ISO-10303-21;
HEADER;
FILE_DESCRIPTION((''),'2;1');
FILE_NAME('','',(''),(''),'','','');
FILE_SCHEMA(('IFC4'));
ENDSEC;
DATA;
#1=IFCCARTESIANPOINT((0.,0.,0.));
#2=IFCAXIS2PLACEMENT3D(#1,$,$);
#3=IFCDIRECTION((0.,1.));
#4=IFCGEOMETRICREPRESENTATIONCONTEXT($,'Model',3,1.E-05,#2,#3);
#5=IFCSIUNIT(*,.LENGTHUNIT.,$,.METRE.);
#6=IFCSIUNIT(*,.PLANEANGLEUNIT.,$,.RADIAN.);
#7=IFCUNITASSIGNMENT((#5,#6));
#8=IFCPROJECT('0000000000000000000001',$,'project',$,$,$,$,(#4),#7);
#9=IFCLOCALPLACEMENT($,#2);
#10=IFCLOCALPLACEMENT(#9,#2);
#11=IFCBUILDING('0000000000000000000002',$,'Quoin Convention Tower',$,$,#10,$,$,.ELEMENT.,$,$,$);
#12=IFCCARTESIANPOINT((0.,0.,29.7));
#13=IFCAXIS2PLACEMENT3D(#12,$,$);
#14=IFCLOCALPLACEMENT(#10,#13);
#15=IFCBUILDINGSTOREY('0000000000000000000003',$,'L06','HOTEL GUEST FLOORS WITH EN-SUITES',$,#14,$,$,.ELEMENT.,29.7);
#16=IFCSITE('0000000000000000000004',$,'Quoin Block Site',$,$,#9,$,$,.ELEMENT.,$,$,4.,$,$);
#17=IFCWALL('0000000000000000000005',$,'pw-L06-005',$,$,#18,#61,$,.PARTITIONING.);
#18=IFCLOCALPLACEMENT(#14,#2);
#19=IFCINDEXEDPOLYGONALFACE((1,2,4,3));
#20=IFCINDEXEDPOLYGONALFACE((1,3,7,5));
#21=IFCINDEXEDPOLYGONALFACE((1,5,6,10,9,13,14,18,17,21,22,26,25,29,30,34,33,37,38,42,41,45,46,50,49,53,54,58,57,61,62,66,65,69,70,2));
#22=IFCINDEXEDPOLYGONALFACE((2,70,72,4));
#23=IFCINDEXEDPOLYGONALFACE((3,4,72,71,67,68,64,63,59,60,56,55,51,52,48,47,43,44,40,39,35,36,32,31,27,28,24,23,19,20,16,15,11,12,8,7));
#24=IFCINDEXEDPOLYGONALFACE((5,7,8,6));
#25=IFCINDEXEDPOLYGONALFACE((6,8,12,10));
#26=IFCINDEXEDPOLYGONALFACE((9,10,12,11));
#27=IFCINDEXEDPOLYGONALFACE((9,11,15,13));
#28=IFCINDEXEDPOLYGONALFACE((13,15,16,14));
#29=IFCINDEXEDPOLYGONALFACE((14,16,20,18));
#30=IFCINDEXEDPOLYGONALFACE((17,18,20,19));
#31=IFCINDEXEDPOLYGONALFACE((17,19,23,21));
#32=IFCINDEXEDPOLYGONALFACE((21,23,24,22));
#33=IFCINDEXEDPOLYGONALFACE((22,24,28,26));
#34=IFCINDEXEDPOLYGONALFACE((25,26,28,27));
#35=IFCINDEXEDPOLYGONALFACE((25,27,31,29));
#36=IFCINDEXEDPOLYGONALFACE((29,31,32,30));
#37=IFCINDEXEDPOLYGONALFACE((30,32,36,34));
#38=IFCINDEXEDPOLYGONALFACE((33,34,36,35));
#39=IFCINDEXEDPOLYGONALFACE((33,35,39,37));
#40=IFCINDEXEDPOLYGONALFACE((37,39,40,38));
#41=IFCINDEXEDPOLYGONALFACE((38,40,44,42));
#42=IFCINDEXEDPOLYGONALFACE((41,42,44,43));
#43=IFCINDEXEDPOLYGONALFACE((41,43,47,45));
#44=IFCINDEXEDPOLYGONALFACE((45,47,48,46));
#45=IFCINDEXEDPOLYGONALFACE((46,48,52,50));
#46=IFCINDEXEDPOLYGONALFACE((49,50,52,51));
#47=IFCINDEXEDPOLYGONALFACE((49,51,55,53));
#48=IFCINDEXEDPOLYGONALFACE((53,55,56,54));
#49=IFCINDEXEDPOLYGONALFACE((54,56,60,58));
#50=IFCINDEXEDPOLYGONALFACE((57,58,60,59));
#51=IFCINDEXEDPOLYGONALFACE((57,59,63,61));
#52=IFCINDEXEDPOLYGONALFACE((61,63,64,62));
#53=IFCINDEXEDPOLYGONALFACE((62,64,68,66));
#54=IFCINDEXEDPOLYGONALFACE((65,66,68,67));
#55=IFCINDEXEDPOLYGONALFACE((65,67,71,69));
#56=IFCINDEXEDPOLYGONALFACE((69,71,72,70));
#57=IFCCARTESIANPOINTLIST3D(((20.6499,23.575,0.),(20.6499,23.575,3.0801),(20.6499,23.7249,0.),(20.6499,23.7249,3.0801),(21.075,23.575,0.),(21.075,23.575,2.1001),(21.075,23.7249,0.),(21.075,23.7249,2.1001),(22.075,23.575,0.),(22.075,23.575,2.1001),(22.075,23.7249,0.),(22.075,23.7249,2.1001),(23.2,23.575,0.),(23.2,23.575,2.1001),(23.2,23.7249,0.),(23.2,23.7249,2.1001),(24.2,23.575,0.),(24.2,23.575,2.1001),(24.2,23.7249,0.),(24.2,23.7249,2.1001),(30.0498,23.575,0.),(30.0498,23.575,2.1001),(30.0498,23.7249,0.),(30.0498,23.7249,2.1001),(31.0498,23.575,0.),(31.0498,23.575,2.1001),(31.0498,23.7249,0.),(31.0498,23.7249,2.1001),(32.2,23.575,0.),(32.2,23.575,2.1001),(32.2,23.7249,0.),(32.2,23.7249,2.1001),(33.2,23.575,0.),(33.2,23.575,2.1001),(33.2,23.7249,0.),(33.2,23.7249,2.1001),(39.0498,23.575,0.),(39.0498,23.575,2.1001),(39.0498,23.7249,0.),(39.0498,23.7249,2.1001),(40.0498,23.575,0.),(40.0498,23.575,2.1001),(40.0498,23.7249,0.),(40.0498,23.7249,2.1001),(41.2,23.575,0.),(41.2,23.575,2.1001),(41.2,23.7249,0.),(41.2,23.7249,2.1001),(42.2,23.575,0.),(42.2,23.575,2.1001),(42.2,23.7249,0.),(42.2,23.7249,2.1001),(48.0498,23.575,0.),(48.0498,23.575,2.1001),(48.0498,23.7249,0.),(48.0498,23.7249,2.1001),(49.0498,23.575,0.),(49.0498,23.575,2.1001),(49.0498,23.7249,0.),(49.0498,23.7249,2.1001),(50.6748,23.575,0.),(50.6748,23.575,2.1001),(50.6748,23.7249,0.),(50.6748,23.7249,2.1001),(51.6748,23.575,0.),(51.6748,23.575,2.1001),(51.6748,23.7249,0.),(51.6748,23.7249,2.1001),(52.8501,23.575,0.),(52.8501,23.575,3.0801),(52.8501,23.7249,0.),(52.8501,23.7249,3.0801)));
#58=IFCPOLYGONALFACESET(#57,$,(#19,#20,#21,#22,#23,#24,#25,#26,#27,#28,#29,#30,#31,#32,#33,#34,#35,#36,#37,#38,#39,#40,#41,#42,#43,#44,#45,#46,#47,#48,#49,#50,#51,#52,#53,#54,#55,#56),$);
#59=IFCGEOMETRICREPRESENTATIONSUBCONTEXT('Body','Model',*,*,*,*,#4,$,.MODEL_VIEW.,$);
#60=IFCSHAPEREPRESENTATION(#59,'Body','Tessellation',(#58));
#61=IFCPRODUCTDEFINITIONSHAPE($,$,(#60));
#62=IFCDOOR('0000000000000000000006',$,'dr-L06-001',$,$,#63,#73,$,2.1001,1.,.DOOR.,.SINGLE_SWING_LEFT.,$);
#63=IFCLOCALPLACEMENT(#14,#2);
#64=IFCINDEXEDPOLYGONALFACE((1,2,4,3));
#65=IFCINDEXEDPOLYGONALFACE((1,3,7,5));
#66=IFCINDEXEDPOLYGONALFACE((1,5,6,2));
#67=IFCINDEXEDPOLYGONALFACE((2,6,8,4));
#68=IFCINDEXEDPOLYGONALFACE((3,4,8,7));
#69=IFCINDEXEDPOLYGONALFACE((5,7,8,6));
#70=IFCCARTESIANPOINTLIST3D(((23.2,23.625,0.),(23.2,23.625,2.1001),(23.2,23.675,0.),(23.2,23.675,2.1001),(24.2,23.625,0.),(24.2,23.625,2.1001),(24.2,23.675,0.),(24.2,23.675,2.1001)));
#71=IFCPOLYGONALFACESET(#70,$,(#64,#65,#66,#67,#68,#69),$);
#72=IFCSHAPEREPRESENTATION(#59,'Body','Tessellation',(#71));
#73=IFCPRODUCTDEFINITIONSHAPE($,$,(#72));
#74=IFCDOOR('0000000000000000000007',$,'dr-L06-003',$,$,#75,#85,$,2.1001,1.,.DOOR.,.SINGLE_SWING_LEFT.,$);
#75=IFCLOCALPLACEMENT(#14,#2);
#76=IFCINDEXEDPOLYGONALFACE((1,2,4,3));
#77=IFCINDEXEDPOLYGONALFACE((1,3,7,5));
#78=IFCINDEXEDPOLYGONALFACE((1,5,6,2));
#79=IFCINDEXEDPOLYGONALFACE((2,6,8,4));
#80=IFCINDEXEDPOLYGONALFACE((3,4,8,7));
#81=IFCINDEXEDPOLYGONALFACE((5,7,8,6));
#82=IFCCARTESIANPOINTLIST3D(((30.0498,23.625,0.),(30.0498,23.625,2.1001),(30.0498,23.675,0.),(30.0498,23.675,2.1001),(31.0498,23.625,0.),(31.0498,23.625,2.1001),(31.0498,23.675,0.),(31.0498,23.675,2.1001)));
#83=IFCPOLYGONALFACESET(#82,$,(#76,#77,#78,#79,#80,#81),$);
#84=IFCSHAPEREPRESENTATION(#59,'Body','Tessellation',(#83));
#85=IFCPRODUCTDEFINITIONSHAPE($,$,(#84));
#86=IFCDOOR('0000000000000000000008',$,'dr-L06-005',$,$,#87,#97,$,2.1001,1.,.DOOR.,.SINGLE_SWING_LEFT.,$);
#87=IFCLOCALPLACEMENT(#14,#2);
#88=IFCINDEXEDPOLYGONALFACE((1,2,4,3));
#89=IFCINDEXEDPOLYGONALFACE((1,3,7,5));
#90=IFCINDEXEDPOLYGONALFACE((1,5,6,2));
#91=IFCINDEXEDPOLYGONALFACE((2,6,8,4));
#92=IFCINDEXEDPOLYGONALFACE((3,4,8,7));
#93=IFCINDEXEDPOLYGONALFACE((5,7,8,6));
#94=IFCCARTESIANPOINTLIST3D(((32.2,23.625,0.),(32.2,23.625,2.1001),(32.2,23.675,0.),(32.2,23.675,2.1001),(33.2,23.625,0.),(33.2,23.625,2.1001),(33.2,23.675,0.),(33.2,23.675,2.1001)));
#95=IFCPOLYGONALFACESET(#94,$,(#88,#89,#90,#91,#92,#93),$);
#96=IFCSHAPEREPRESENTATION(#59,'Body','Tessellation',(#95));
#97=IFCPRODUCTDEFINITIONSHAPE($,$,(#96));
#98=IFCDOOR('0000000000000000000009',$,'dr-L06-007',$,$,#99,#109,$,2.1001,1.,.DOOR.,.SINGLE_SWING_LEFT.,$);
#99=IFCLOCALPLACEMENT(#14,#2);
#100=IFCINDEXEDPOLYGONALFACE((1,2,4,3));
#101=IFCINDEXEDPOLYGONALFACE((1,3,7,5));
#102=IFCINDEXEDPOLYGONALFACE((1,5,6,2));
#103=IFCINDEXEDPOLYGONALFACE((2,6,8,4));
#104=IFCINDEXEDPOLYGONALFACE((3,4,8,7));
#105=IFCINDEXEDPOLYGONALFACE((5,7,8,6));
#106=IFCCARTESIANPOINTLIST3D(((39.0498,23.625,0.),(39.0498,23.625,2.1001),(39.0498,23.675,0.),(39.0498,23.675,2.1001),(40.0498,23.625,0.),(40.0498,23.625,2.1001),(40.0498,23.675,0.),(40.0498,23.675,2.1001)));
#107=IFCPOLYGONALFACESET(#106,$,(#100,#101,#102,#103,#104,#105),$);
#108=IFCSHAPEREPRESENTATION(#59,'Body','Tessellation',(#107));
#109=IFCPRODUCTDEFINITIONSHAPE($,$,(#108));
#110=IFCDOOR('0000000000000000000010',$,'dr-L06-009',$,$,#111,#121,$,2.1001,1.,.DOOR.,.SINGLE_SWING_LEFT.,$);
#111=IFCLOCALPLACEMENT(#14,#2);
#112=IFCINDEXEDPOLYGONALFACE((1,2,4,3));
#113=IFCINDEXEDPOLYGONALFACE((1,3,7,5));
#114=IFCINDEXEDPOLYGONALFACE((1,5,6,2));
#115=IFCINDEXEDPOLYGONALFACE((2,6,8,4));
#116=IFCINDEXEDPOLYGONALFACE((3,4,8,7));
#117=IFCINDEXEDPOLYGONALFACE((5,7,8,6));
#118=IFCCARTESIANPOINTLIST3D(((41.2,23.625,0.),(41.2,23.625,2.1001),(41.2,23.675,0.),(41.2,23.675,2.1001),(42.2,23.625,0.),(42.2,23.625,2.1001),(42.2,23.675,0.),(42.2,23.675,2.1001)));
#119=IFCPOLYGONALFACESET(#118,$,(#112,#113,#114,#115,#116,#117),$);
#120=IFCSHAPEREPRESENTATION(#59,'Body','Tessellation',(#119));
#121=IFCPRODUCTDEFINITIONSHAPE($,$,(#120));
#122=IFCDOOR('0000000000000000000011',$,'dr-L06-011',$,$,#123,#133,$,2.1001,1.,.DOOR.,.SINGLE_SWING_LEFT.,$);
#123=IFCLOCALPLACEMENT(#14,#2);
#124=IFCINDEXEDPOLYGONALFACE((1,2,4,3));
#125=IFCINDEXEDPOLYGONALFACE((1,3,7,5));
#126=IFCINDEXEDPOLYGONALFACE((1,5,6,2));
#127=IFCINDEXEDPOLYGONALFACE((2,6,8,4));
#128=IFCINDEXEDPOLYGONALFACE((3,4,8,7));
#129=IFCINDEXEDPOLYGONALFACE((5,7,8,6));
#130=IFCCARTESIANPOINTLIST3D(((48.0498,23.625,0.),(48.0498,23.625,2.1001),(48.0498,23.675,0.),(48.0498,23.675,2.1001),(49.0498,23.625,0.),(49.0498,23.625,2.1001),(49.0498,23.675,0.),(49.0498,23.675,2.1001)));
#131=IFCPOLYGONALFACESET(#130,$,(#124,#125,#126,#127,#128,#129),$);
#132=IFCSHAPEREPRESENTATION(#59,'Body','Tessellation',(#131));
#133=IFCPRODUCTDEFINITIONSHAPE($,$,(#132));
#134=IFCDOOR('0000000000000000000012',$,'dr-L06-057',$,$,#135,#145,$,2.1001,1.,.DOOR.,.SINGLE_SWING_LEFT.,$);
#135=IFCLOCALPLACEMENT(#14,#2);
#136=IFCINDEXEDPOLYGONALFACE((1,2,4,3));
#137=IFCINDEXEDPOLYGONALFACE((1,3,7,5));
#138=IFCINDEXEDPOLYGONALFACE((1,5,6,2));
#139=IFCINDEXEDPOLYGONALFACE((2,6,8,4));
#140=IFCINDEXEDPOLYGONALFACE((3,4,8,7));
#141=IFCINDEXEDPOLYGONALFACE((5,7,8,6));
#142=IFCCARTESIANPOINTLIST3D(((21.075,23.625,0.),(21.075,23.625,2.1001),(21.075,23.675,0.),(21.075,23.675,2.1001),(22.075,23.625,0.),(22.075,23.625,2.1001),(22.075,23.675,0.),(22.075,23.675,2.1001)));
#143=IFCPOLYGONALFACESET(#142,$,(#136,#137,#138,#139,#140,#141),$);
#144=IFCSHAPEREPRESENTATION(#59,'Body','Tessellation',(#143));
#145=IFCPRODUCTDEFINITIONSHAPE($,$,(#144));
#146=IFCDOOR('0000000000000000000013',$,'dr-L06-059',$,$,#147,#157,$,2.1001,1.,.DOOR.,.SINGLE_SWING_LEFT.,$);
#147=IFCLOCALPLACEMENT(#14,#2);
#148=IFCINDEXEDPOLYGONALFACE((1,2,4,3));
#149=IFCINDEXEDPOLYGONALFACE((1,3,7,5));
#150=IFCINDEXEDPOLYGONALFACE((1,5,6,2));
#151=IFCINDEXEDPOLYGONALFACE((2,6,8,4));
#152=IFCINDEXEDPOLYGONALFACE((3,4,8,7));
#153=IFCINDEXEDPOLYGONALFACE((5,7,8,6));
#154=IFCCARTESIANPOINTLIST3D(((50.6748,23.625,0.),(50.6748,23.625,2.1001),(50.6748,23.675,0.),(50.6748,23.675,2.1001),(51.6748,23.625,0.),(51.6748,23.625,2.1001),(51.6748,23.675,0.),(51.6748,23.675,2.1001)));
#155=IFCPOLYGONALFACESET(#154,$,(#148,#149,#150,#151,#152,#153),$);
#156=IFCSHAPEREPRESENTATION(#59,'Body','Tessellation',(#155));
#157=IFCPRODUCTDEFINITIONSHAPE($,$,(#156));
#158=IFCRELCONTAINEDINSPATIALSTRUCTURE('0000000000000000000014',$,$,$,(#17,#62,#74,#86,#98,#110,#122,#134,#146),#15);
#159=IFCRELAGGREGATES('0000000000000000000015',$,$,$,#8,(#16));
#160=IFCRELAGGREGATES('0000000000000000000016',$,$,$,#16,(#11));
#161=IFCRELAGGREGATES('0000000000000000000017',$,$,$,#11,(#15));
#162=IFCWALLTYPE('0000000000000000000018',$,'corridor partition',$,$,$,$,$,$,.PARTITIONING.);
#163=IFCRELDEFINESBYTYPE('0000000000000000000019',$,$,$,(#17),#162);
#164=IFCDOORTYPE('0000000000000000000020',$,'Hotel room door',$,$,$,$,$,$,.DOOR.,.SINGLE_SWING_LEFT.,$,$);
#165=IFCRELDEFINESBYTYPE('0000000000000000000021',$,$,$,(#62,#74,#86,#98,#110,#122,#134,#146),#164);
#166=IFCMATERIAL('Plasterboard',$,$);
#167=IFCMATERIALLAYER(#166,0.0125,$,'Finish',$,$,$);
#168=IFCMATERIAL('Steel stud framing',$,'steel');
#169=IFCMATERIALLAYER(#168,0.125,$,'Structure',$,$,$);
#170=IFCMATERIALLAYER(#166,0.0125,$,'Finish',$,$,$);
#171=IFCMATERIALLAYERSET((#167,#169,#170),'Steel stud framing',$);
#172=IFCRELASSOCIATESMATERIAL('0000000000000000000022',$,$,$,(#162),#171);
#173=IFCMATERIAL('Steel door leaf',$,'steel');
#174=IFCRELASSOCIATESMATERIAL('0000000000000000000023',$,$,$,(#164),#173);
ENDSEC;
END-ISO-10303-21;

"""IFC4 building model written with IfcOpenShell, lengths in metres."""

from ifc_helpers import new_model, si_unit, direction, frame, frame_2d, origin, place, context, subcontext, project, spatial, rectangle, extrude, material, layer, layer_set, type_object, element, fill, save


model = new_model("IFC4")

# Units and contexts
model_context = context("Model", 3, precision=1e-05, world=origin(), true_north=direction((0.0, 1.0)))
body_context = subcontext(model_context, "Body", "Model", "MODEL_VIEW")
ifc_project = project(units=[si_unit("LENGTHUNIT", "METRE"), si_unit("PLANEANGLEUNIT", "RADIAN")], contexts=[model_context])

# Site, building, storey
site_placement = place(None, origin())
site = spatial("IfcSite", under=ifc_project, at=site_placement, Name="Quoin Block Site", CompositionType="ELEMENT", RefElevation=4.0)
building_placement = place(site_placement, origin())
building = spatial("IfcBuilding", under=site, at=building_placement, Name="Quoin Convention Tower", CompositionType="ELEMENT")
storey_placement = place(building_placement, frame((0.0, 0.0, 29.7)))
storey = spatial("IfcBuildingStorey", under=building, at=storey_placement, Name="L06", Description="HOTEL GUEST FLOORS WITH EN-SUITES", CompositionType="ELEMENT", Elevation=29.7)

# Shared definitions
ifc_material_1 = material(Name="Steel door leaf", Category="steel")

# Wall, openings, doors
ifc_material_2 = material(Name="Plasterboard")
ifc_layer_1 = layer(ifc_material_2, 0.0125, Name="Finish")
ifc_material_3 = material(Name="Steel stud framing", Category="steel")
ifc_layer_2 = layer(ifc_material_3, 0.125, Name="Structure")
ifc_layer_3 = layer(ifc_material_2, 0.0125, Name="Finish")
ifc_layer_set_1 = layer_set([ifc_layer_1, ifc_layer_2, ifc_layer_3], Name="Steel stud framing")
wall_type_1 = type_object("IfcWallType", Name="corridor partition", PredefinedType="PARTITIONING", material=ifc_layer_set_1)
wall_1_placement = place(storey_placement, frame((20.6499, 23.6499, 0.0), z_axis=(0.0, 0.0, 1.0), x_axis=(1.0, 0.0, 0.0)))
wall_1 = element("IfcWall", 1, at=wall_1_placement, inside=storey, type_object=wall_type_1, Name="pw-L06-005", PredefinedType="PARTITIONING", context=body_context, shape_type="SweptSolid", body=[
    extrude(rectangle(XDim=32.2002, YDim=0.1499, at=frame_2d((16.1001, 0.0))), origin(), (0.0, 0.0, 1.0), 3.0801),
])
opening_1_placement = place(wall_1_placement, frame((2.55, 0.0, 0.0)))
opening_1 = element("IfcOpeningElement", 2, at=opening_1_placement, cuts=wall_1, PredefinedType="OPENING", context=body_context, shape_type="SweptSolid", body=[
    extrude(rectangle(XDim=1.0, YDim=2.1001, at=frame_2d((0.5, 1.05))), frame((0.0, 0.085, 0.0), z_axis=(0.0, -1.0, 0.0), x_axis=(1.0, 0.0, 0.0)), (0.0, 0.0, 1.0), 0.1699),
])
opening_2_placement = place(wall_1_placement, frame((9.3999, 0.0, 0.0)))
opening_2 = element("IfcOpeningElement", 3, at=opening_2_placement, cuts=wall_1, PredefinedType="OPENING", context=body_context, shape_type="SweptSolid", body=[
    extrude(rectangle(XDim=1.0, YDim=2.1001, at=frame_2d((0.5, 1.05))), frame((0.0, 0.085, 0.0), z_axis=(0.0, -1.0, 0.0), x_axis=(1.0, 0.0, 0.0)), (0.0, 0.0, 1.0), 0.1699),
])
opening_3_placement = place(wall_1_placement, frame((11.55, 0.0, 0.0)))
opening_3 = element("IfcOpeningElement", 4, at=opening_3_placement, cuts=wall_1, PredefinedType="OPENING", context=body_context, shape_type="SweptSolid", body=[
    extrude(rectangle(XDim=1.0, YDim=2.1001, at=frame_2d((0.5, 1.05))), frame((0.0, 0.085, 0.0), z_axis=(0.0, -1.0, 0.0), x_axis=(1.0, 0.0, 0.0)), (0.0, 0.0, 1.0), 0.1699),
])
opening_4_placement = place(wall_1_placement, frame((18.3999, 0.0, 0.0)))
opening_4 = element("IfcOpeningElement", 5, at=opening_4_placement, cuts=wall_1, PredefinedType="OPENING", context=body_context, shape_type="SweptSolid", body=[
    extrude(rectangle(XDim=1.0, YDim=2.1001, at=frame_2d((0.5, 1.05))), frame((0.0, 0.085, 0.0), z_axis=(0.0, -1.0, 0.0), x_axis=(1.0, 0.0, 0.0)), (0.0, 0.0, 1.0), 0.1699),
])
opening_5_placement = place(wall_1_placement, frame((20.55, 0.0, 0.0)))
opening_5 = element("IfcOpeningElement", 6, at=opening_5_placement, cuts=wall_1, PredefinedType="OPENING", context=body_context, shape_type="SweptSolid", body=[
    extrude(rectangle(XDim=1.0, YDim=2.1001, at=frame_2d((0.5, 1.05))), frame((0.0, 0.085, 0.0), z_axis=(0.0, -1.0, 0.0), x_axis=(1.0, 0.0, 0.0)), (0.0, 0.0, 1.0), 0.1699),
])
opening_6_placement = place(wall_1_placement, frame((27.3999, 0.0, 0.0)))
opening_6 = element("IfcOpeningElement", 7, at=opening_6_placement, cuts=wall_1, PredefinedType="OPENING", context=body_context, shape_type="SweptSolid", body=[
    extrude(rectangle(XDim=1.0, YDim=2.1001, at=frame_2d((0.5, 1.05))), frame((0.0, 0.085, 0.0), z_axis=(0.0, -1.0, 0.0), x_axis=(1.0, 0.0, 0.0)), (0.0, 0.0, 1.0), 0.1699),
])
opening_7_placement = place(wall_1_placement, frame((0.425, 0.0, 0.0)))
opening_7 = element("IfcOpeningElement", 8, at=opening_7_placement, cuts=wall_1, PredefinedType="OPENING", context=body_context, shape_type="SweptSolid", body=[
    extrude(rectangle(XDim=1.0, YDim=2.1001, at=frame_2d((0.5, 1.05))), frame((0.0, 0.085, 0.0), z_axis=(0.0, -1.0, 0.0), x_axis=(1.0, 0.0, 0.0)), (0.0, 0.0, 1.0), 0.1699),
])
opening_8_placement = place(wall_1_placement, frame((30.0249, 0.0, 0.0)))
opening_8 = element("IfcOpeningElement", 9, at=opening_8_placement, cuts=wall_1, PredefinedType="OPENING", context=body_context, shape_type="SweptSolid", body=[
    extrude(rectangle(XDim=1.0, YDim=2.1001, at=frame_2d((0.5, 1.05))), frame((0.0, 0.085, 0.0), z_axis=(0.0, -1.0, 0.0), x_axis=(1.0, 0.0, 0.0)), (0.0, 0.0, 1.0), 0.1699),
])
door_type_1 = type_object("IfcDoorType", Name="Hotel room door", OperationType="SINGLE_SWING_LEFT", PredefinedType="DOOR", material=ifc_material_1)
door_1_placement = place(opening_1_placement, frame((1.0, 0.0, 0.0), z_axis=(0.0, 0.0, 1.0), x_axis=(-1.0, 0.0, 0.0)))
door_1 = element("IfcDoor", 10, at=door_1_placement, inside=storey, type_object=door_type_1, Name="dr-L06-001", OperationType="SINGLE_SWING_LEFT", OverallHeight=2.1001, OverallWidth=1.0, PredefinedType="DOOR", context=body_context, shape_type="SweptSolid", body=[
    extrude(rectangle(XDim=1.0, YDim=2.1001, at=frame_2d((0.5, 1.05))), frame((0.0, 0.0249, 0.0), z_axis=(0.0, -1.0, 0.0), x_axis=(1.0, 0.0, 0.0)), (0.0, 0.0, 1.0), 0.05),
])
fill(opening_1, door_1)
door_2_placement = place(opening_2_placement, frame((1.0, 0.0, 0.0), z_axis=(0.0, 0.0, 1.0), x_axis=(-1.0, 0.0, 0.0)))
door_2 = element("IfcDoor", 11, at=door_2_placement, inside=storey, type_object=door_type_1, Name="dr-L06-003", OperationType="SINGLE_SWING_LEFT", OverallHeight=2.1001, OverallWidth=1.0, PredefinedType="DOOR", context=body_context, shape_type="SweptSolid", body=[
    extrude(rectangle(XDim=1.0, YDim=2.1001, at=frame_2d((0.5, 1.05))), frame((0.0, 0.0249, 0.0), z_axis=(0.0, -1.0, 0.0), x_axis=(1.0, 0.0, 0.0)), (0.0, 0.0, 1.0), 0.05),
])
fill(opening_2, door_2)
door_3_placement = place(opening_3_placement, frame((1.0, 0.0, 0.0), z_axis=(0.0, 0.0, 1.0), x_axis=(-1.0, 0.0, 0.0)))
door_3 = element("IfcDoor", 12, at=door_3_placement, inside=storey, type_object=door_type_1, Name="dr-L06-005", OperationType="SINGLE_SWING_LEFT", OverallHeight=2.1001, OverallWidth=1.0, PredefinedType="DOOR", context=body_context, shape_type="SweptSolid", body=[
    extrude(rectangle(XDim=1.0, YDim=2.1001, at=frame_2d((0.5, 1.05))), frame((0.0, 0.0249, 0.0), z_axis=(0.0, -1.0, 0.0), x_axis=(1.0, 0.0, 0.0)), (0.0, 0.0, 1.0), 0.05),
])
fill(opening_3, door_3)
door_4_placement = place(opening_4_placement, frame((1.0, 0.0, 0.0), z_axis=(0.0, 0.0, 1.0), x_axis=(-1.0, 0.0, 0.0)))
door_4 = element("IfcDoor", 13, at=door_4_placement, inside=storey, type_object=door_type_1, Name="dr-L06-007", OperationType="SINGLE_SWING_LEFT", OverallHeight=2.1001, OverallWidth=1.0, PredefinedType="DOOR", context=body_context, shape_type="SweptSolid", body=[
    extrude(rectangle(XDim=1.0, YDim=2.1001, at=frame_2d((0.5, 1.05))), frame((0.0, 0.0249, 0.0), z_axis=(0.0, -1.0, 0.0), x_axis=(1.0, 0.0, 0.0)), (0.0, 0.0, 1.0), 0.05),
])
fill(opening_4, door_4)
door_5_placement = place(opening_5_placement, frame((1.0, 0.0, 0.0), z_axis=(0.0, 0.0, 1.0), x_axis=(-1.0, 0.0, 0.0)))
door_5 = element("IfcDoor", 14, at=door_5_placement, inside=storey, type_object=door_type_1, Name="dr-L06-009", OperationType="SINGLE_SWING_LEFT", OverallHeight=2.1001, OverallWidth=1.0, PredefinedType="DOOR", context=body_context, shape_type="SweptSolid", body=[
    extrude(rectangle(XDim=1.0, YDim=2.1001, at=frame_2d((0.5, 1.05))), frame((0.0, 0.0249, 0.0), z_axis=(0.0, -1.0, 0.0), x_axis=(1.0, 0.0, 0.0)), (0.0, 0.0, 1.0), 0.05),
])
fill(opening_5, door_5)
door_6_placement = place(opening_6_placement, frame((1.0, 0.0, 0.0), z_axis=(0.0, 0.0, 1.0), x_axis=(-1.0, 0.0, 0.0)))
door_6 = element("IfcDoor", 15, at=door_6_placement, inside=storey, type_object=door_type_1, Name="dr-L06-011", OperationType="SINGLE_SWING_LEFT", OverallHeight=2.1001, OverallWidth=1.0, PredefinedType="DOOR", context=body_context, shape_type="SweptSolid", body=[
    extrude(rectangle(XDim=1.0, YDim=2.1001, at=frame_2d((0.5, 1.05))), frame((0.0, 0.0249, 0.0), z_axis=(0.0, -1.0, 0.0), x_axis=(1.0, 0.0, 0.0)), (0.0, 0.0, 1.0), 0.05),
])
fill(opening_6, door_6)
door_7_placement = place(opening_7_placement, frame((1.0, 0.0, 0.0), z_axis=(0.0, 0.0, 1.0), x_axis=(-1.0, 0.0, 0.0)))
door_7 = element("IfcDoor", 16, at=door_7_placement, inside=storey, type_object=door_type_1, Name="dr-L06-057", OperationType="SINGLE_SWING_LEFT", OverallHeight=2.1001, OverallWidth=1.0, PredefinedType="DOOR", context=body_context, shape_type="SweptSolid", body=[
    extrude(rectangle(XDim=1.0, YDim=2.1001, at=frame_2d((0.5, 1.05))), frame((0.0, 0.0249, 0.0), z_axis=(0.0, -1.0, 0.0), x_axis=(1.0, 0.0, 0.0)), (0.0, 0.0, 1.0), 0.05),
])
fill(opening_7, door_7)
door_8_placement = place(opening_8_placement, frame((1.0, 0.0, 0.0), z_axis=(0.0, 0.0, 1.0), x_axis=(-1.0, 0.0, 0.0)))
door_8 = element("IfcDoor", 17, at=door_8_placement, inside=storey, type_object=door_type_1, Name="dr-L06-059", OperationType="SINGLE_SWING_LEFT", OverallHeight=2.1001, OverallWidth=1.0, PredefinedType="DOOR", context=body_context, shape_type="SweptSolid", body=[
    extrude(rectangle(XDim=1.0, YDim=2.1001, at=frame_2d((0.5, 1.05))), frame((0.0, 0.0249, 0.0), z_axis=(0.0, -1.0, 0.0), x_axis=(1.0, 0.0, 0.0)), (0.0, 0.0, 1.0), 0.05),
])
fill(opening_8, door_8)

save(model, "model.ifc")
